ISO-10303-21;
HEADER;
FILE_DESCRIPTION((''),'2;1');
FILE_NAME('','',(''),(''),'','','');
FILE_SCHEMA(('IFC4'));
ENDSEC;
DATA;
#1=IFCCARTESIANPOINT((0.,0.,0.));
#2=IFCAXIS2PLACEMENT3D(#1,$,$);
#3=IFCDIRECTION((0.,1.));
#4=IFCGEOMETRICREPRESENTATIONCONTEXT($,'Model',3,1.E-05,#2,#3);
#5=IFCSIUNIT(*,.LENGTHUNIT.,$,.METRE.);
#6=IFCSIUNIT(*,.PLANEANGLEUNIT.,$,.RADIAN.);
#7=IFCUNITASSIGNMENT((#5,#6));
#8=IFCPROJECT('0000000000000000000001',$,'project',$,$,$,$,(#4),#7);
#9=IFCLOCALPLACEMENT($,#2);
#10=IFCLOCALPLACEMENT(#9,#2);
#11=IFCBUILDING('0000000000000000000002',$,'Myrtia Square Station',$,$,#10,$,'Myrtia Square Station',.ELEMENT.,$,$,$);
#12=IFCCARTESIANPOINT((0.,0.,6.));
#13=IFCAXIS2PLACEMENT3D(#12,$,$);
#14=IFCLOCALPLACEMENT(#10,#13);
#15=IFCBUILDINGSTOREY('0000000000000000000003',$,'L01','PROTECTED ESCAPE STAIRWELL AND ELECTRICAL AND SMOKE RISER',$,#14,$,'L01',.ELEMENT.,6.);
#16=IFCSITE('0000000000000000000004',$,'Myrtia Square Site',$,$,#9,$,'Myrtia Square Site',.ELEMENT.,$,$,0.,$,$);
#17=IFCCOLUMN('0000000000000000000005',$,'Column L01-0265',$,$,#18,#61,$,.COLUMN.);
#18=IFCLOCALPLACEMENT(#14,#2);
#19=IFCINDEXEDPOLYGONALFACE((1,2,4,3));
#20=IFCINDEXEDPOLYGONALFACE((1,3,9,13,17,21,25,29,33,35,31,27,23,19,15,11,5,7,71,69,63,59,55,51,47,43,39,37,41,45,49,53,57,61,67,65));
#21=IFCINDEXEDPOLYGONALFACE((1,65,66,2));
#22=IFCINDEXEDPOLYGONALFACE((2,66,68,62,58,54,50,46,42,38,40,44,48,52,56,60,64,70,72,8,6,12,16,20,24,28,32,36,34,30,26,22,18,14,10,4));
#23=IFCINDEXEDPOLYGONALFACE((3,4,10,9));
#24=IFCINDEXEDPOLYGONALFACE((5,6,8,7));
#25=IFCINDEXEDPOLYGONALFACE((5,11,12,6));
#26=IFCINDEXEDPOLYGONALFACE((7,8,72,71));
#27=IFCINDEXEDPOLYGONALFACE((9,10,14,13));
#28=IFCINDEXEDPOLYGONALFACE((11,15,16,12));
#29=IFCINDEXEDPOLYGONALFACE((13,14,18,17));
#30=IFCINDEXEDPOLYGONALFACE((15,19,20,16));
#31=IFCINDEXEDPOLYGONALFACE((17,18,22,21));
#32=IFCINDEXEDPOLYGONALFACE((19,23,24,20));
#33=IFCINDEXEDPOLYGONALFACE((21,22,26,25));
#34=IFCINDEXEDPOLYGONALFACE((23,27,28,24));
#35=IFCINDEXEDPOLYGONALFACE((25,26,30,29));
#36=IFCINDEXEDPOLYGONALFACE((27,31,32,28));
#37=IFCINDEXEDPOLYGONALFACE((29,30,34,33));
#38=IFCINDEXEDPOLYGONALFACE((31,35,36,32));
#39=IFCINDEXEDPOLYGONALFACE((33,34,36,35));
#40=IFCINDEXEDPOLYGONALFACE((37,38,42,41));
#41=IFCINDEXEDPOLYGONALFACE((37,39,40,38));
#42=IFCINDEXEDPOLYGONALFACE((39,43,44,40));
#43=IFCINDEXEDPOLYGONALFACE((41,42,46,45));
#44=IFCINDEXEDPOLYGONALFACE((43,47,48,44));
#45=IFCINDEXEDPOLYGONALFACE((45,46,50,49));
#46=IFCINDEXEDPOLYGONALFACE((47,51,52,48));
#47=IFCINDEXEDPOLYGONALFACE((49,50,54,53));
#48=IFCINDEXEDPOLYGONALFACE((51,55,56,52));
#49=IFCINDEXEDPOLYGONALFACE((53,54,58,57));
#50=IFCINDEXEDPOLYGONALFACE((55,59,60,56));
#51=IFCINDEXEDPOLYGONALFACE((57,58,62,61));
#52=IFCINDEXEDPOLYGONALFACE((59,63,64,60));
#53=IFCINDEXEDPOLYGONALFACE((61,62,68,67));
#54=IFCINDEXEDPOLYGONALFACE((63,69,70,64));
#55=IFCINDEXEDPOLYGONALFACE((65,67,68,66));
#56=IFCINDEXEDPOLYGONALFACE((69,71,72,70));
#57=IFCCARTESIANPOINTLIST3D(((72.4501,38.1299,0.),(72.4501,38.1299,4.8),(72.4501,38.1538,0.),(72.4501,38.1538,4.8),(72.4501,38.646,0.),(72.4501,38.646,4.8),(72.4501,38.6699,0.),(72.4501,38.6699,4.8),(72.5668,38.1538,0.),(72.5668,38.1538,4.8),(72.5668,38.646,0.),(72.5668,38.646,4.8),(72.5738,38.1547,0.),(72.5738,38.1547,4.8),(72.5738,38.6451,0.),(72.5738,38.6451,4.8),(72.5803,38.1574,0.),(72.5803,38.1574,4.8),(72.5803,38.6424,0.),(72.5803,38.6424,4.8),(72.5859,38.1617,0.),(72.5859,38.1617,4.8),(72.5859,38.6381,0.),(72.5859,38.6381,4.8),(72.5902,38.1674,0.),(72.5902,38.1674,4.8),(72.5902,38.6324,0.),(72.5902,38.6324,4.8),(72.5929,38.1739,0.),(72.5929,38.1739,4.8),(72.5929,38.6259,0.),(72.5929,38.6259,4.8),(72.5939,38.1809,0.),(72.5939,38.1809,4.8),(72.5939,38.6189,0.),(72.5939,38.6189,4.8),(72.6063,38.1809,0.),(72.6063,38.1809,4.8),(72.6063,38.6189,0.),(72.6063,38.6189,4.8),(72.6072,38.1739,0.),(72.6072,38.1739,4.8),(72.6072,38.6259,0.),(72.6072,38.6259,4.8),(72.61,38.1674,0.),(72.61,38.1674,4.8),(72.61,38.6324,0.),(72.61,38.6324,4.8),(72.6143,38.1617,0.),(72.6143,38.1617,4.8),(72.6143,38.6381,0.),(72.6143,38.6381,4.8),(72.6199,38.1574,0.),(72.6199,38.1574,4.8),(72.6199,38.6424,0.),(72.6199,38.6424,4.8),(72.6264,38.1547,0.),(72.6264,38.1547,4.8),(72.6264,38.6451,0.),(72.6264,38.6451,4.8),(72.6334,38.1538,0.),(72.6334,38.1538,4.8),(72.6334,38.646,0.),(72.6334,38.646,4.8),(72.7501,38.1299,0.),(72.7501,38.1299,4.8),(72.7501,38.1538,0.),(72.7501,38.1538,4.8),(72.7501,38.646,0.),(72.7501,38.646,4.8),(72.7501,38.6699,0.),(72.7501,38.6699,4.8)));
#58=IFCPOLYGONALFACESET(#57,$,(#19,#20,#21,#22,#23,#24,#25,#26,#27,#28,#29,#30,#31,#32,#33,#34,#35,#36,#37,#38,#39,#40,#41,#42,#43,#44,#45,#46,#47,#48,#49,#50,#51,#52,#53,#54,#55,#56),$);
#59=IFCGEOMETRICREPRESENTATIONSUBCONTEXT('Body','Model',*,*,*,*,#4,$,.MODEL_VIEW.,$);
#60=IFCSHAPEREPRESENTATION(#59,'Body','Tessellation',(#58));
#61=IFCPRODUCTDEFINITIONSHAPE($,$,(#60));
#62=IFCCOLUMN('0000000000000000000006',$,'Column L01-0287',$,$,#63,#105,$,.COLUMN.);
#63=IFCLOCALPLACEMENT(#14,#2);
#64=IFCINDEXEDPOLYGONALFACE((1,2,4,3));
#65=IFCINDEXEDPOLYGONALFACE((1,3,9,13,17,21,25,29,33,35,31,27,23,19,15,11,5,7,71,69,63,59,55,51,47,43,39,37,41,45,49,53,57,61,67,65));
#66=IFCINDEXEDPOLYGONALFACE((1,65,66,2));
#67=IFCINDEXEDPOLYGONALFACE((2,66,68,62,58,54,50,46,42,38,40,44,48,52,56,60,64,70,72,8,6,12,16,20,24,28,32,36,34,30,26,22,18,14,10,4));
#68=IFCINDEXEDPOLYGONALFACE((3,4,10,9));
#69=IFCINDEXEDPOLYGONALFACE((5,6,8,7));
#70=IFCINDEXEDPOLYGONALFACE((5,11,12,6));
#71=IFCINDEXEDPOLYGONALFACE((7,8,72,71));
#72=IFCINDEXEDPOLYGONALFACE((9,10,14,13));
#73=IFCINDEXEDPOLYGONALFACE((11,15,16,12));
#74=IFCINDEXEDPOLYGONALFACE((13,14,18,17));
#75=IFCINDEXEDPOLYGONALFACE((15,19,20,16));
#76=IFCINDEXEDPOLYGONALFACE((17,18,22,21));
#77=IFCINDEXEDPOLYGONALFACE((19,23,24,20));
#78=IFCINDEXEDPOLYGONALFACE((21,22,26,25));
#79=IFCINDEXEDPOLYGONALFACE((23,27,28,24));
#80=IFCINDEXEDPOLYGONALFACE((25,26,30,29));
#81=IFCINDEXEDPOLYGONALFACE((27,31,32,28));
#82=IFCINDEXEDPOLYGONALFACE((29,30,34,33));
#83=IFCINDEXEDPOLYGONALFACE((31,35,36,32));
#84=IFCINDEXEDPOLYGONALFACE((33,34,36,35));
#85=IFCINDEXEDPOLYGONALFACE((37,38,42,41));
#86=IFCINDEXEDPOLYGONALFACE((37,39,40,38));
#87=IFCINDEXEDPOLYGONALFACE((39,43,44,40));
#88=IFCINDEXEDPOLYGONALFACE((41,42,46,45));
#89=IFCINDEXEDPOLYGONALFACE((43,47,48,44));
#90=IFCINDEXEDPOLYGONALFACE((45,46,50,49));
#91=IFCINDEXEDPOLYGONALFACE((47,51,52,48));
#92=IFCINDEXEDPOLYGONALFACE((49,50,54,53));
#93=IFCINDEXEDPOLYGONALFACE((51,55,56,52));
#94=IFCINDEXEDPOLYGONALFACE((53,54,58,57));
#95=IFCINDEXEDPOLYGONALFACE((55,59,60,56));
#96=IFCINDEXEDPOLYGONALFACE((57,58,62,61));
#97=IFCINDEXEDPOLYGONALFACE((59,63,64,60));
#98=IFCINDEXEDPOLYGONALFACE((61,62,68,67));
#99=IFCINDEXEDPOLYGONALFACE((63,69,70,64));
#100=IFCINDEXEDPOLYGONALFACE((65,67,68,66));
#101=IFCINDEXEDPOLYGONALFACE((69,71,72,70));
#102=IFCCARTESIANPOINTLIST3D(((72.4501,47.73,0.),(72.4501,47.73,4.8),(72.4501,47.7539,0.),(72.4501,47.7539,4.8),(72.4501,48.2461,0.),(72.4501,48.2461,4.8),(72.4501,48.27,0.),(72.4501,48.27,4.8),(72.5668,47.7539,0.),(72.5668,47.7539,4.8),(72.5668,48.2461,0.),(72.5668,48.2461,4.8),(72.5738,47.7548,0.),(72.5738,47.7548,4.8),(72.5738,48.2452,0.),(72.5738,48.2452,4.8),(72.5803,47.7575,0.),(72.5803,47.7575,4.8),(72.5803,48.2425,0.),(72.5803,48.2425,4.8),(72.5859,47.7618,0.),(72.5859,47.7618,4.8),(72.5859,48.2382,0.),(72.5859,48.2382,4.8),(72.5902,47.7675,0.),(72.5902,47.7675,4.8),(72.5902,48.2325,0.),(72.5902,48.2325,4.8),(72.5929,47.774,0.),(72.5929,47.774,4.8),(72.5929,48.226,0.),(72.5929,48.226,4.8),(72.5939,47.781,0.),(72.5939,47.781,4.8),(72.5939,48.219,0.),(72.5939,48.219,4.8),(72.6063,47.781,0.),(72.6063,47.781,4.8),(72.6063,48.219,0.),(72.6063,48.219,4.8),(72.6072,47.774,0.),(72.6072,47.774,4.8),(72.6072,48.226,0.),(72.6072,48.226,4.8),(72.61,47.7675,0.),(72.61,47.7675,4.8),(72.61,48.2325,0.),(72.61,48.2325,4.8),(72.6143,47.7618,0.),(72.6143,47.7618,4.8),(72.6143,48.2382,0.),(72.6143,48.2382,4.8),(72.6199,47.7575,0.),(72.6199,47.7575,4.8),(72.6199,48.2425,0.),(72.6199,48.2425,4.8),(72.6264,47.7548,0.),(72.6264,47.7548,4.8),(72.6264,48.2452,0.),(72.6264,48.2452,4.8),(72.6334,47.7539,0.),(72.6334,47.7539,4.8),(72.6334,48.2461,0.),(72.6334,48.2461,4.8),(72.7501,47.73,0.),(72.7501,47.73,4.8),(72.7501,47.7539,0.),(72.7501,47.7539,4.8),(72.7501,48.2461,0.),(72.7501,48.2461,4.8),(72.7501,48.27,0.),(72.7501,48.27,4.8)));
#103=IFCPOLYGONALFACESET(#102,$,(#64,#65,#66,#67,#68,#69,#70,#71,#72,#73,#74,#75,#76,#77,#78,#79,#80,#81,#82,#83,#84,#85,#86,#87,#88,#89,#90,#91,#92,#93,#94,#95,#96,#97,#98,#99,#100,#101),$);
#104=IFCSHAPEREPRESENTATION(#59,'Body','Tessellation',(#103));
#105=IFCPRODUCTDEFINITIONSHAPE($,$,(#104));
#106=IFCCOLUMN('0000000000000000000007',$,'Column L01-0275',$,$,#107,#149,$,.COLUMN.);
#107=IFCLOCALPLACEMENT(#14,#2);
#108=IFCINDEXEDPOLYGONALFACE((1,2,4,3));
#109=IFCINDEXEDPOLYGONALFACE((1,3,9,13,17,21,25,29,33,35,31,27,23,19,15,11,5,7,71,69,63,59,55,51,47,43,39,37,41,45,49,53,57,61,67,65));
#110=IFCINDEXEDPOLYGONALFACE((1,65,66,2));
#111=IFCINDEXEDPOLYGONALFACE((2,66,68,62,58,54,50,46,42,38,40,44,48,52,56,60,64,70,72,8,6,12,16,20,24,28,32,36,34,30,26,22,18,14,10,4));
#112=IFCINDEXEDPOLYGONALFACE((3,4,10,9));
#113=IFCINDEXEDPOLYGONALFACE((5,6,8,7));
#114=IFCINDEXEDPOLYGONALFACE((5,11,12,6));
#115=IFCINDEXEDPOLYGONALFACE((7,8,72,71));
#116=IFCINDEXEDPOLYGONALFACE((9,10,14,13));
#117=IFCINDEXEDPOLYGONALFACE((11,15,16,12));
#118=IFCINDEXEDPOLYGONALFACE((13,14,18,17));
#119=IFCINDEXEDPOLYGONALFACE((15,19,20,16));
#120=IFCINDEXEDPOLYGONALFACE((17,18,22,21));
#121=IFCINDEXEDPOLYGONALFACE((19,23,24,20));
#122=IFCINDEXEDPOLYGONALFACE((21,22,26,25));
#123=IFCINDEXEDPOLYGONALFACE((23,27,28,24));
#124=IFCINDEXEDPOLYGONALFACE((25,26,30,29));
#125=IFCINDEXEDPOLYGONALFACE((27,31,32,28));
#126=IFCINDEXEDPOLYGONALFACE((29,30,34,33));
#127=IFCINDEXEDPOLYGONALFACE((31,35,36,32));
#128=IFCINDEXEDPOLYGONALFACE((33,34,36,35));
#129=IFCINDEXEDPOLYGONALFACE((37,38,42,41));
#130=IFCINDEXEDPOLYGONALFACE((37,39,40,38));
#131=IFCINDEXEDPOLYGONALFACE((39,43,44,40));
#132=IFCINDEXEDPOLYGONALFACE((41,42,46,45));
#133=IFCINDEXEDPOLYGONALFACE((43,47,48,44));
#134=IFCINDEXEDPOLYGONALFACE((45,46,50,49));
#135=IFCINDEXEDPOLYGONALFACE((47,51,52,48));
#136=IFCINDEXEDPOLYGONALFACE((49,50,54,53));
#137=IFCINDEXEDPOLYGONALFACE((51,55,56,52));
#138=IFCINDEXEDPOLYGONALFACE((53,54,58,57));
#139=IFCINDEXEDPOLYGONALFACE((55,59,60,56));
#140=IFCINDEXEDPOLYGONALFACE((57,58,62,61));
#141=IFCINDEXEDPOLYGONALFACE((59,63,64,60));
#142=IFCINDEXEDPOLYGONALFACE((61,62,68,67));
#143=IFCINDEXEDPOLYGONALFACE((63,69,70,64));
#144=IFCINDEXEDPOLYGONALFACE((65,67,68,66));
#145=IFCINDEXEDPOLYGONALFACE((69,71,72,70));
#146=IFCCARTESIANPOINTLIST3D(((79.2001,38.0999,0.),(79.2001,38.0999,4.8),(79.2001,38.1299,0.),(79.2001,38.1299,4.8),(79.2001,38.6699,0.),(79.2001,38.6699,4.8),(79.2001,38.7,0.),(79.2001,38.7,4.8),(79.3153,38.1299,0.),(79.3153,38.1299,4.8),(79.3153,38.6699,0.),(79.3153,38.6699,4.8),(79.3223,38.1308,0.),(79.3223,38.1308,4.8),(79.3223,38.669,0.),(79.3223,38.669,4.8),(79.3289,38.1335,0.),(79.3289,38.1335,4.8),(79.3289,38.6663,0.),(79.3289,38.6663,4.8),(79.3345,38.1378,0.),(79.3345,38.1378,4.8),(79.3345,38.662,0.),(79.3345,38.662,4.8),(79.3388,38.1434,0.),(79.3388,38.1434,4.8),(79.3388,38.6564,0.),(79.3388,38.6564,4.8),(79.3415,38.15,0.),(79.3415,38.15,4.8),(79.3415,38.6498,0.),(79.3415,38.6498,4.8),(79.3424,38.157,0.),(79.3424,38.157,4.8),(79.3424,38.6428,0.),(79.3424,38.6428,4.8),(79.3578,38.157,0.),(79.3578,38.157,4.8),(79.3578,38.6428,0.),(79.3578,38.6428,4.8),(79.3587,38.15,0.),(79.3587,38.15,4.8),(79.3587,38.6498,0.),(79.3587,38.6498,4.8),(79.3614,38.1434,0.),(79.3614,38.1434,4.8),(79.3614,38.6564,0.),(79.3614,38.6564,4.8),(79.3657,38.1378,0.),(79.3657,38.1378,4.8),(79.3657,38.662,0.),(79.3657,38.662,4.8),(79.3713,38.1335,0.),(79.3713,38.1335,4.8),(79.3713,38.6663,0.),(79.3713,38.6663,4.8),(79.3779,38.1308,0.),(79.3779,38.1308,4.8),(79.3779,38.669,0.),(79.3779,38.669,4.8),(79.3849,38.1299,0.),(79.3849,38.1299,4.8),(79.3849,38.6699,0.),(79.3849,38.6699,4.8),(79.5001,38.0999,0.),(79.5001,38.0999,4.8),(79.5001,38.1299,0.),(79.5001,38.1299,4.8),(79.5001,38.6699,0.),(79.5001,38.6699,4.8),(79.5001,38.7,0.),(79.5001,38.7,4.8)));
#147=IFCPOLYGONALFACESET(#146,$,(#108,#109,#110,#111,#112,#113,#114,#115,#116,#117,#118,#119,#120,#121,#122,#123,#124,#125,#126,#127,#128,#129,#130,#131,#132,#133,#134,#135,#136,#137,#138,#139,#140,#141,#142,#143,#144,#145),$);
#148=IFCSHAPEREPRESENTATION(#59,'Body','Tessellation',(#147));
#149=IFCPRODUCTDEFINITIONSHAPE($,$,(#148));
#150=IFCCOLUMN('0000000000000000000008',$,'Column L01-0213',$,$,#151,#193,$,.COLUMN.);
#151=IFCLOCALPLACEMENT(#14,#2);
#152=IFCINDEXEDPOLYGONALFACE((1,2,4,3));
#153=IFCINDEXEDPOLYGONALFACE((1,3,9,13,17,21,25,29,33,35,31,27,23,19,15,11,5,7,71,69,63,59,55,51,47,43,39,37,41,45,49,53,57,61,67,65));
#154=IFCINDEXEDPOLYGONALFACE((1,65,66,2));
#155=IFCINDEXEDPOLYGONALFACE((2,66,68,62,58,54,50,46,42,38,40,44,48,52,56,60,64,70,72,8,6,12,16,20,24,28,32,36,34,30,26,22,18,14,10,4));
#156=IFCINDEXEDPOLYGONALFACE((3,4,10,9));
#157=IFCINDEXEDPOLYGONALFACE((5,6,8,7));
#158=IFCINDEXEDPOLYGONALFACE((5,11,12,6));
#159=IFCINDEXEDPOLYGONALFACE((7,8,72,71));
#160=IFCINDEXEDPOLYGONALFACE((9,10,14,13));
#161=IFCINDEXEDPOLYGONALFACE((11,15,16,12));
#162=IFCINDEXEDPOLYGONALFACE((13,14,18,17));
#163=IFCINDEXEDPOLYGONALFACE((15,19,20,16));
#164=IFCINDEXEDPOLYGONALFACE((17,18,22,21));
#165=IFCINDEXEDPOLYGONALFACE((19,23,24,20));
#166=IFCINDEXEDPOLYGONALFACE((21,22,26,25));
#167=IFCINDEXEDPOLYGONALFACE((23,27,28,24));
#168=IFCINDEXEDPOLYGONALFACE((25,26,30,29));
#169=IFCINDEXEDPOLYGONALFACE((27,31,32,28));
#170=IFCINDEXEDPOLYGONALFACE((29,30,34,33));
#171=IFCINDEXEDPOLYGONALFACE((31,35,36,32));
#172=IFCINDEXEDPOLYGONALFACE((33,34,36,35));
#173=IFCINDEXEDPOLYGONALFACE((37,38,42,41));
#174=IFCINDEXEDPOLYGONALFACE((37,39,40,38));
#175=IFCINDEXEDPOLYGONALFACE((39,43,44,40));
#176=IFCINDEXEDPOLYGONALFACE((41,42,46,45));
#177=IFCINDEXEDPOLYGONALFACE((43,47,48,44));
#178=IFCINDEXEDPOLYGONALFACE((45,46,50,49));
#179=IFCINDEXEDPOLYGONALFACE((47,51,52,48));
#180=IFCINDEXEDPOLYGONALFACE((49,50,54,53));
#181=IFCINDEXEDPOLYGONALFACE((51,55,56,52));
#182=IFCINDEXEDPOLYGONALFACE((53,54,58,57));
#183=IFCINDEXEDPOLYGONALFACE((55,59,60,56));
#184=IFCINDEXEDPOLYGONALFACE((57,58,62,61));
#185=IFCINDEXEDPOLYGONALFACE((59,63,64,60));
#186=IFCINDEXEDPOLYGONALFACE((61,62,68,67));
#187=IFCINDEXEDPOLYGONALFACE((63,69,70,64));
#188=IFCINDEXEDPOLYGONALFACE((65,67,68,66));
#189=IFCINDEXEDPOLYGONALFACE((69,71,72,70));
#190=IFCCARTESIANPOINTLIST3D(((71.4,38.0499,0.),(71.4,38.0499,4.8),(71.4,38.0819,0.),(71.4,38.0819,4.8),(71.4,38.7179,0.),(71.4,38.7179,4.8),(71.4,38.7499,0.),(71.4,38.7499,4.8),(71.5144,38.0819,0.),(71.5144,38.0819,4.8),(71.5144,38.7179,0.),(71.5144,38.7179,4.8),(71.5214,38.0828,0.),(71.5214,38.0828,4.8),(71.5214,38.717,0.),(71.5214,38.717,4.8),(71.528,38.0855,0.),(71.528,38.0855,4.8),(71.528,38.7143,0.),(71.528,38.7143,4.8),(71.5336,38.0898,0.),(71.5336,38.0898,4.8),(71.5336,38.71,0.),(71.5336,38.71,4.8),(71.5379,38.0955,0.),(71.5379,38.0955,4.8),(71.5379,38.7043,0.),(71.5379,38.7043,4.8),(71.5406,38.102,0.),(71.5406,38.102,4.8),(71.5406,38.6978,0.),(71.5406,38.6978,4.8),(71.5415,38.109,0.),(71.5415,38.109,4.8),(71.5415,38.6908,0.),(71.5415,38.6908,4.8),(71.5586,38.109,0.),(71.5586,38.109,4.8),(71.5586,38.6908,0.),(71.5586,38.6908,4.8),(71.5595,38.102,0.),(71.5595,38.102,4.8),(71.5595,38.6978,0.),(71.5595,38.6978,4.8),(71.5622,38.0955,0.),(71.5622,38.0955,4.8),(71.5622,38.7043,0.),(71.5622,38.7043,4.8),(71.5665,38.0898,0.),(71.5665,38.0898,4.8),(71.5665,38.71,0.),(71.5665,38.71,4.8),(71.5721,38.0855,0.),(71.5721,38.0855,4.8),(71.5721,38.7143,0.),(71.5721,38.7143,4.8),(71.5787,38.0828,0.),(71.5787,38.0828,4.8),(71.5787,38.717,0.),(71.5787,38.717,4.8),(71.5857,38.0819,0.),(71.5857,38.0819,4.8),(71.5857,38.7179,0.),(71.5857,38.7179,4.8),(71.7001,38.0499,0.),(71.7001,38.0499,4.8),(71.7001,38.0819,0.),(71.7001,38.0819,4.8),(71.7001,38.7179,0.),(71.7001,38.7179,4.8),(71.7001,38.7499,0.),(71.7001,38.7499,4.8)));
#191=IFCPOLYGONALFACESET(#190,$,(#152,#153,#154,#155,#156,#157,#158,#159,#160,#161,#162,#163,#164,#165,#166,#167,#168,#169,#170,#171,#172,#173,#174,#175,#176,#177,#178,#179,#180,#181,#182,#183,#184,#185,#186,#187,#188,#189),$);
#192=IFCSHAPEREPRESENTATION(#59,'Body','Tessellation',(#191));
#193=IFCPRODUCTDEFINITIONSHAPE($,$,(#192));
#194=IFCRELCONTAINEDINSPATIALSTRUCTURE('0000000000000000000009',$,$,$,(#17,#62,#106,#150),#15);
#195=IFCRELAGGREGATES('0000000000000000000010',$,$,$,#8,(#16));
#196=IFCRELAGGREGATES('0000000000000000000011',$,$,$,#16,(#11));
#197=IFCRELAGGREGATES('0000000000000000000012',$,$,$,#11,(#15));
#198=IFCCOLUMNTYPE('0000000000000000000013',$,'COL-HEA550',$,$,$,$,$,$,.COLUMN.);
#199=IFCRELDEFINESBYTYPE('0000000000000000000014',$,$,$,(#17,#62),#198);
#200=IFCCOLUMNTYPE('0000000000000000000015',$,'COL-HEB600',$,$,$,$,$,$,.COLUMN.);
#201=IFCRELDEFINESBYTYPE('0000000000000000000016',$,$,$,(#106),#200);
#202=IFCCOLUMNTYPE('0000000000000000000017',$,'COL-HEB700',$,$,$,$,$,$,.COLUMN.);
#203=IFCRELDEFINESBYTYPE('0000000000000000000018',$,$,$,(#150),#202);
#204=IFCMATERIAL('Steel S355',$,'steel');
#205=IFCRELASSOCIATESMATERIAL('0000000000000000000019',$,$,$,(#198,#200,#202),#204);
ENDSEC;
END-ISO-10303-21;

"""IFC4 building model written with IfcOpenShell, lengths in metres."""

from ifc_helpers import new_model, si_unit, direction, frame, origin, origin_2d, place, context, subcontext, project, spatial, i_section, extrude, material, material_profile, profile_set, type_object, element, save


model = new_model("IFC4")

# Units and contexts
model_context = context("Model", 3, precision=1e-05, world=origin(), true_north=direction((0.0, 1.0)))
body_context = subcontext(model_context, "Body", "Model", "MODEL_VIEW")
ifc_project = project(units=[si_unit("LENGTHUNIT", "METRE"), si_unit("PLANEANGLEUNIT", "RADIAN")], contexts=[model_context])

# Site, building, storey
site_placement = place(None, origin())
site = spatial("IfcSite", under=ifc_project, at=site_placement, Name="Myrtia Square Site", LongName="Myrtia Square Site", CompositionType="ELEMENT", RefElevation=0.0)
building_placement = place(site_placement, origin())
building = spatial("IfcBuilding", under=site, at=building_placement, Name="Myrtia Square Station", LongName="Myrtia Square Station", CompositionType="ELEMENT")
storey_placement = place(building_placement, frame((0.0, 0.0, 6.0)))
storey = spatial("IfcBuildingStorey", under=building, at=storey_placement, Name="L01", Description="PROTECTED ESCAPE STAIRWELL AND ELECTRICAL AND SMOKE RISER", LongName="L01", CompositionType="ELEMENT", Elevation=6.0)

# Columns
ifc_material_1 = material(Name="Steel S355", Category="steel")
ifc_material_profile_1 = material_profile(ifc_material_1, i_section(OverallWidth=0.3, OverallDepth=0.54, WebThickness=0.0125, FlangeThickness=0.0239, FilletRadius=0.0271, at=origin_2d()), Name="HEA 550")
ifc_profile_set_1 = profile_set([ifc_material_profile_1], Name="Steel S355")
column_type_1 = type_object("IfcColumnType", Name="COL-HEA550", PredefinedType="COLUMN", material=ifc_profile_set_1)
for number, where, z_axis, x_axis, name in (
    (1, (72.6001, 38.3999, 0.0), (0.0, 0.0, 1.0), (1.0, 0.0, 0.0), "Column L01-0265"),
    (2, (72.6001, 48.0, 0.0), (0.0, 0.0, 1.0), (1.0, 0.0, 0.0), "Column L01-0287"),
):
    element("IfcColumn", number, at=place(storey_placement, frame(where, z_axis=z_axis, x_axis=x_axis)), inside=storey, type_object=column_type_1, Name=name, PredefinedType="COLUMN", context=body_context, shape_type="SweptSolid", body=[
        extrude(i_section(OverallWidth=0.3, OverallDepth=0.54, WebThickness=0.0125, FlangeThickness=0.0239, FilletRadius=0.0271, at=origin_2d()), origin(), (0.0, 0.0, 1.0), 4.8),
    ])
ifc_material_profile_2 = material_profile(ifc_material_1, i_section(OverallWidth=0.3, OverallDepth=0.6001, WebThickness=0.0154, FlangeThickness=0.03, FilletRadius=0.0271, at=origin_2d()), Name="HEB 600")
ifc_profile_set_2 = profile_set([ifc_material_profile_2], Name="Steel S355")
column_type_2 = type_object("IfcColumnType", Name="COL-HEB600", PredefinedType="COLUMN", material=ifc_profile_set_2)
column_placement = place(storey_placement, frame((79.3501, 38.3999, 0.0), z_axis=(0.0, 0.0, 1.0), x_axis=(1.0, 0.0, 0.0)))
element("IfcColumn", 3, at=column_placement, inside=storey, type_object=column_type_2, Name="Column L01-0275", PredefinedType="COLUMN", context=body_context, shape_type="SweptSolid", body=[
    extrude(i_section(OverallWidth=0.3, OverallDepth=0.6001, WebThickness=0.0154, FlangeThickness=0.03, FilletRadius=0.0271, at=origin_2d()), origin(), (0.0, 0.0, 1.0), 4.8),
])
ifc_material_profile_3 = material_profile(ifc_material_1, i_section(OverallWidth=0.3, OverallDepth=0.7, WebThickness=0.0171, FlangeThickness=0.032, FilletRadius=0.0271, at=origin_2d()), Name="HEB 700")
ifc_profile_set_3 = profile_set([ifc_material_profile_3], Name="Steel S355")
column_type_3 = type_object("IfcColumnType", Name="COL-HEB700", PredefinedType="COLUMN", material=ifc_profile_set_3)
for number, where, z_axis, x_axis, name in (
    (4, (71.55, 38.3999, 0.0), (0.0, 0.0, 1.0), (1.0, 0.0, 0.0), "Column L01-0213"),
):
    element("IfcColumn", number, at=place(storey_placement, frame(where, z_axis=z_axis, x_axis=x_axis)), inside=storey, type_object=column_type_3, Name=name, PredefinedType="COLUMN", context=body_context, shape_type="SweptSolid", body=[
        extrude(i_section(OverallWidth=0.3, OverallDepth=0.7, WebThickness=0.0171, FlangeThickness=0.032, FilletRadius=0.0271, at=origin_2d()), origin(), (0.0, 0.0, 1.0), 4.8),
    ])

save(model, "model.ifc")
